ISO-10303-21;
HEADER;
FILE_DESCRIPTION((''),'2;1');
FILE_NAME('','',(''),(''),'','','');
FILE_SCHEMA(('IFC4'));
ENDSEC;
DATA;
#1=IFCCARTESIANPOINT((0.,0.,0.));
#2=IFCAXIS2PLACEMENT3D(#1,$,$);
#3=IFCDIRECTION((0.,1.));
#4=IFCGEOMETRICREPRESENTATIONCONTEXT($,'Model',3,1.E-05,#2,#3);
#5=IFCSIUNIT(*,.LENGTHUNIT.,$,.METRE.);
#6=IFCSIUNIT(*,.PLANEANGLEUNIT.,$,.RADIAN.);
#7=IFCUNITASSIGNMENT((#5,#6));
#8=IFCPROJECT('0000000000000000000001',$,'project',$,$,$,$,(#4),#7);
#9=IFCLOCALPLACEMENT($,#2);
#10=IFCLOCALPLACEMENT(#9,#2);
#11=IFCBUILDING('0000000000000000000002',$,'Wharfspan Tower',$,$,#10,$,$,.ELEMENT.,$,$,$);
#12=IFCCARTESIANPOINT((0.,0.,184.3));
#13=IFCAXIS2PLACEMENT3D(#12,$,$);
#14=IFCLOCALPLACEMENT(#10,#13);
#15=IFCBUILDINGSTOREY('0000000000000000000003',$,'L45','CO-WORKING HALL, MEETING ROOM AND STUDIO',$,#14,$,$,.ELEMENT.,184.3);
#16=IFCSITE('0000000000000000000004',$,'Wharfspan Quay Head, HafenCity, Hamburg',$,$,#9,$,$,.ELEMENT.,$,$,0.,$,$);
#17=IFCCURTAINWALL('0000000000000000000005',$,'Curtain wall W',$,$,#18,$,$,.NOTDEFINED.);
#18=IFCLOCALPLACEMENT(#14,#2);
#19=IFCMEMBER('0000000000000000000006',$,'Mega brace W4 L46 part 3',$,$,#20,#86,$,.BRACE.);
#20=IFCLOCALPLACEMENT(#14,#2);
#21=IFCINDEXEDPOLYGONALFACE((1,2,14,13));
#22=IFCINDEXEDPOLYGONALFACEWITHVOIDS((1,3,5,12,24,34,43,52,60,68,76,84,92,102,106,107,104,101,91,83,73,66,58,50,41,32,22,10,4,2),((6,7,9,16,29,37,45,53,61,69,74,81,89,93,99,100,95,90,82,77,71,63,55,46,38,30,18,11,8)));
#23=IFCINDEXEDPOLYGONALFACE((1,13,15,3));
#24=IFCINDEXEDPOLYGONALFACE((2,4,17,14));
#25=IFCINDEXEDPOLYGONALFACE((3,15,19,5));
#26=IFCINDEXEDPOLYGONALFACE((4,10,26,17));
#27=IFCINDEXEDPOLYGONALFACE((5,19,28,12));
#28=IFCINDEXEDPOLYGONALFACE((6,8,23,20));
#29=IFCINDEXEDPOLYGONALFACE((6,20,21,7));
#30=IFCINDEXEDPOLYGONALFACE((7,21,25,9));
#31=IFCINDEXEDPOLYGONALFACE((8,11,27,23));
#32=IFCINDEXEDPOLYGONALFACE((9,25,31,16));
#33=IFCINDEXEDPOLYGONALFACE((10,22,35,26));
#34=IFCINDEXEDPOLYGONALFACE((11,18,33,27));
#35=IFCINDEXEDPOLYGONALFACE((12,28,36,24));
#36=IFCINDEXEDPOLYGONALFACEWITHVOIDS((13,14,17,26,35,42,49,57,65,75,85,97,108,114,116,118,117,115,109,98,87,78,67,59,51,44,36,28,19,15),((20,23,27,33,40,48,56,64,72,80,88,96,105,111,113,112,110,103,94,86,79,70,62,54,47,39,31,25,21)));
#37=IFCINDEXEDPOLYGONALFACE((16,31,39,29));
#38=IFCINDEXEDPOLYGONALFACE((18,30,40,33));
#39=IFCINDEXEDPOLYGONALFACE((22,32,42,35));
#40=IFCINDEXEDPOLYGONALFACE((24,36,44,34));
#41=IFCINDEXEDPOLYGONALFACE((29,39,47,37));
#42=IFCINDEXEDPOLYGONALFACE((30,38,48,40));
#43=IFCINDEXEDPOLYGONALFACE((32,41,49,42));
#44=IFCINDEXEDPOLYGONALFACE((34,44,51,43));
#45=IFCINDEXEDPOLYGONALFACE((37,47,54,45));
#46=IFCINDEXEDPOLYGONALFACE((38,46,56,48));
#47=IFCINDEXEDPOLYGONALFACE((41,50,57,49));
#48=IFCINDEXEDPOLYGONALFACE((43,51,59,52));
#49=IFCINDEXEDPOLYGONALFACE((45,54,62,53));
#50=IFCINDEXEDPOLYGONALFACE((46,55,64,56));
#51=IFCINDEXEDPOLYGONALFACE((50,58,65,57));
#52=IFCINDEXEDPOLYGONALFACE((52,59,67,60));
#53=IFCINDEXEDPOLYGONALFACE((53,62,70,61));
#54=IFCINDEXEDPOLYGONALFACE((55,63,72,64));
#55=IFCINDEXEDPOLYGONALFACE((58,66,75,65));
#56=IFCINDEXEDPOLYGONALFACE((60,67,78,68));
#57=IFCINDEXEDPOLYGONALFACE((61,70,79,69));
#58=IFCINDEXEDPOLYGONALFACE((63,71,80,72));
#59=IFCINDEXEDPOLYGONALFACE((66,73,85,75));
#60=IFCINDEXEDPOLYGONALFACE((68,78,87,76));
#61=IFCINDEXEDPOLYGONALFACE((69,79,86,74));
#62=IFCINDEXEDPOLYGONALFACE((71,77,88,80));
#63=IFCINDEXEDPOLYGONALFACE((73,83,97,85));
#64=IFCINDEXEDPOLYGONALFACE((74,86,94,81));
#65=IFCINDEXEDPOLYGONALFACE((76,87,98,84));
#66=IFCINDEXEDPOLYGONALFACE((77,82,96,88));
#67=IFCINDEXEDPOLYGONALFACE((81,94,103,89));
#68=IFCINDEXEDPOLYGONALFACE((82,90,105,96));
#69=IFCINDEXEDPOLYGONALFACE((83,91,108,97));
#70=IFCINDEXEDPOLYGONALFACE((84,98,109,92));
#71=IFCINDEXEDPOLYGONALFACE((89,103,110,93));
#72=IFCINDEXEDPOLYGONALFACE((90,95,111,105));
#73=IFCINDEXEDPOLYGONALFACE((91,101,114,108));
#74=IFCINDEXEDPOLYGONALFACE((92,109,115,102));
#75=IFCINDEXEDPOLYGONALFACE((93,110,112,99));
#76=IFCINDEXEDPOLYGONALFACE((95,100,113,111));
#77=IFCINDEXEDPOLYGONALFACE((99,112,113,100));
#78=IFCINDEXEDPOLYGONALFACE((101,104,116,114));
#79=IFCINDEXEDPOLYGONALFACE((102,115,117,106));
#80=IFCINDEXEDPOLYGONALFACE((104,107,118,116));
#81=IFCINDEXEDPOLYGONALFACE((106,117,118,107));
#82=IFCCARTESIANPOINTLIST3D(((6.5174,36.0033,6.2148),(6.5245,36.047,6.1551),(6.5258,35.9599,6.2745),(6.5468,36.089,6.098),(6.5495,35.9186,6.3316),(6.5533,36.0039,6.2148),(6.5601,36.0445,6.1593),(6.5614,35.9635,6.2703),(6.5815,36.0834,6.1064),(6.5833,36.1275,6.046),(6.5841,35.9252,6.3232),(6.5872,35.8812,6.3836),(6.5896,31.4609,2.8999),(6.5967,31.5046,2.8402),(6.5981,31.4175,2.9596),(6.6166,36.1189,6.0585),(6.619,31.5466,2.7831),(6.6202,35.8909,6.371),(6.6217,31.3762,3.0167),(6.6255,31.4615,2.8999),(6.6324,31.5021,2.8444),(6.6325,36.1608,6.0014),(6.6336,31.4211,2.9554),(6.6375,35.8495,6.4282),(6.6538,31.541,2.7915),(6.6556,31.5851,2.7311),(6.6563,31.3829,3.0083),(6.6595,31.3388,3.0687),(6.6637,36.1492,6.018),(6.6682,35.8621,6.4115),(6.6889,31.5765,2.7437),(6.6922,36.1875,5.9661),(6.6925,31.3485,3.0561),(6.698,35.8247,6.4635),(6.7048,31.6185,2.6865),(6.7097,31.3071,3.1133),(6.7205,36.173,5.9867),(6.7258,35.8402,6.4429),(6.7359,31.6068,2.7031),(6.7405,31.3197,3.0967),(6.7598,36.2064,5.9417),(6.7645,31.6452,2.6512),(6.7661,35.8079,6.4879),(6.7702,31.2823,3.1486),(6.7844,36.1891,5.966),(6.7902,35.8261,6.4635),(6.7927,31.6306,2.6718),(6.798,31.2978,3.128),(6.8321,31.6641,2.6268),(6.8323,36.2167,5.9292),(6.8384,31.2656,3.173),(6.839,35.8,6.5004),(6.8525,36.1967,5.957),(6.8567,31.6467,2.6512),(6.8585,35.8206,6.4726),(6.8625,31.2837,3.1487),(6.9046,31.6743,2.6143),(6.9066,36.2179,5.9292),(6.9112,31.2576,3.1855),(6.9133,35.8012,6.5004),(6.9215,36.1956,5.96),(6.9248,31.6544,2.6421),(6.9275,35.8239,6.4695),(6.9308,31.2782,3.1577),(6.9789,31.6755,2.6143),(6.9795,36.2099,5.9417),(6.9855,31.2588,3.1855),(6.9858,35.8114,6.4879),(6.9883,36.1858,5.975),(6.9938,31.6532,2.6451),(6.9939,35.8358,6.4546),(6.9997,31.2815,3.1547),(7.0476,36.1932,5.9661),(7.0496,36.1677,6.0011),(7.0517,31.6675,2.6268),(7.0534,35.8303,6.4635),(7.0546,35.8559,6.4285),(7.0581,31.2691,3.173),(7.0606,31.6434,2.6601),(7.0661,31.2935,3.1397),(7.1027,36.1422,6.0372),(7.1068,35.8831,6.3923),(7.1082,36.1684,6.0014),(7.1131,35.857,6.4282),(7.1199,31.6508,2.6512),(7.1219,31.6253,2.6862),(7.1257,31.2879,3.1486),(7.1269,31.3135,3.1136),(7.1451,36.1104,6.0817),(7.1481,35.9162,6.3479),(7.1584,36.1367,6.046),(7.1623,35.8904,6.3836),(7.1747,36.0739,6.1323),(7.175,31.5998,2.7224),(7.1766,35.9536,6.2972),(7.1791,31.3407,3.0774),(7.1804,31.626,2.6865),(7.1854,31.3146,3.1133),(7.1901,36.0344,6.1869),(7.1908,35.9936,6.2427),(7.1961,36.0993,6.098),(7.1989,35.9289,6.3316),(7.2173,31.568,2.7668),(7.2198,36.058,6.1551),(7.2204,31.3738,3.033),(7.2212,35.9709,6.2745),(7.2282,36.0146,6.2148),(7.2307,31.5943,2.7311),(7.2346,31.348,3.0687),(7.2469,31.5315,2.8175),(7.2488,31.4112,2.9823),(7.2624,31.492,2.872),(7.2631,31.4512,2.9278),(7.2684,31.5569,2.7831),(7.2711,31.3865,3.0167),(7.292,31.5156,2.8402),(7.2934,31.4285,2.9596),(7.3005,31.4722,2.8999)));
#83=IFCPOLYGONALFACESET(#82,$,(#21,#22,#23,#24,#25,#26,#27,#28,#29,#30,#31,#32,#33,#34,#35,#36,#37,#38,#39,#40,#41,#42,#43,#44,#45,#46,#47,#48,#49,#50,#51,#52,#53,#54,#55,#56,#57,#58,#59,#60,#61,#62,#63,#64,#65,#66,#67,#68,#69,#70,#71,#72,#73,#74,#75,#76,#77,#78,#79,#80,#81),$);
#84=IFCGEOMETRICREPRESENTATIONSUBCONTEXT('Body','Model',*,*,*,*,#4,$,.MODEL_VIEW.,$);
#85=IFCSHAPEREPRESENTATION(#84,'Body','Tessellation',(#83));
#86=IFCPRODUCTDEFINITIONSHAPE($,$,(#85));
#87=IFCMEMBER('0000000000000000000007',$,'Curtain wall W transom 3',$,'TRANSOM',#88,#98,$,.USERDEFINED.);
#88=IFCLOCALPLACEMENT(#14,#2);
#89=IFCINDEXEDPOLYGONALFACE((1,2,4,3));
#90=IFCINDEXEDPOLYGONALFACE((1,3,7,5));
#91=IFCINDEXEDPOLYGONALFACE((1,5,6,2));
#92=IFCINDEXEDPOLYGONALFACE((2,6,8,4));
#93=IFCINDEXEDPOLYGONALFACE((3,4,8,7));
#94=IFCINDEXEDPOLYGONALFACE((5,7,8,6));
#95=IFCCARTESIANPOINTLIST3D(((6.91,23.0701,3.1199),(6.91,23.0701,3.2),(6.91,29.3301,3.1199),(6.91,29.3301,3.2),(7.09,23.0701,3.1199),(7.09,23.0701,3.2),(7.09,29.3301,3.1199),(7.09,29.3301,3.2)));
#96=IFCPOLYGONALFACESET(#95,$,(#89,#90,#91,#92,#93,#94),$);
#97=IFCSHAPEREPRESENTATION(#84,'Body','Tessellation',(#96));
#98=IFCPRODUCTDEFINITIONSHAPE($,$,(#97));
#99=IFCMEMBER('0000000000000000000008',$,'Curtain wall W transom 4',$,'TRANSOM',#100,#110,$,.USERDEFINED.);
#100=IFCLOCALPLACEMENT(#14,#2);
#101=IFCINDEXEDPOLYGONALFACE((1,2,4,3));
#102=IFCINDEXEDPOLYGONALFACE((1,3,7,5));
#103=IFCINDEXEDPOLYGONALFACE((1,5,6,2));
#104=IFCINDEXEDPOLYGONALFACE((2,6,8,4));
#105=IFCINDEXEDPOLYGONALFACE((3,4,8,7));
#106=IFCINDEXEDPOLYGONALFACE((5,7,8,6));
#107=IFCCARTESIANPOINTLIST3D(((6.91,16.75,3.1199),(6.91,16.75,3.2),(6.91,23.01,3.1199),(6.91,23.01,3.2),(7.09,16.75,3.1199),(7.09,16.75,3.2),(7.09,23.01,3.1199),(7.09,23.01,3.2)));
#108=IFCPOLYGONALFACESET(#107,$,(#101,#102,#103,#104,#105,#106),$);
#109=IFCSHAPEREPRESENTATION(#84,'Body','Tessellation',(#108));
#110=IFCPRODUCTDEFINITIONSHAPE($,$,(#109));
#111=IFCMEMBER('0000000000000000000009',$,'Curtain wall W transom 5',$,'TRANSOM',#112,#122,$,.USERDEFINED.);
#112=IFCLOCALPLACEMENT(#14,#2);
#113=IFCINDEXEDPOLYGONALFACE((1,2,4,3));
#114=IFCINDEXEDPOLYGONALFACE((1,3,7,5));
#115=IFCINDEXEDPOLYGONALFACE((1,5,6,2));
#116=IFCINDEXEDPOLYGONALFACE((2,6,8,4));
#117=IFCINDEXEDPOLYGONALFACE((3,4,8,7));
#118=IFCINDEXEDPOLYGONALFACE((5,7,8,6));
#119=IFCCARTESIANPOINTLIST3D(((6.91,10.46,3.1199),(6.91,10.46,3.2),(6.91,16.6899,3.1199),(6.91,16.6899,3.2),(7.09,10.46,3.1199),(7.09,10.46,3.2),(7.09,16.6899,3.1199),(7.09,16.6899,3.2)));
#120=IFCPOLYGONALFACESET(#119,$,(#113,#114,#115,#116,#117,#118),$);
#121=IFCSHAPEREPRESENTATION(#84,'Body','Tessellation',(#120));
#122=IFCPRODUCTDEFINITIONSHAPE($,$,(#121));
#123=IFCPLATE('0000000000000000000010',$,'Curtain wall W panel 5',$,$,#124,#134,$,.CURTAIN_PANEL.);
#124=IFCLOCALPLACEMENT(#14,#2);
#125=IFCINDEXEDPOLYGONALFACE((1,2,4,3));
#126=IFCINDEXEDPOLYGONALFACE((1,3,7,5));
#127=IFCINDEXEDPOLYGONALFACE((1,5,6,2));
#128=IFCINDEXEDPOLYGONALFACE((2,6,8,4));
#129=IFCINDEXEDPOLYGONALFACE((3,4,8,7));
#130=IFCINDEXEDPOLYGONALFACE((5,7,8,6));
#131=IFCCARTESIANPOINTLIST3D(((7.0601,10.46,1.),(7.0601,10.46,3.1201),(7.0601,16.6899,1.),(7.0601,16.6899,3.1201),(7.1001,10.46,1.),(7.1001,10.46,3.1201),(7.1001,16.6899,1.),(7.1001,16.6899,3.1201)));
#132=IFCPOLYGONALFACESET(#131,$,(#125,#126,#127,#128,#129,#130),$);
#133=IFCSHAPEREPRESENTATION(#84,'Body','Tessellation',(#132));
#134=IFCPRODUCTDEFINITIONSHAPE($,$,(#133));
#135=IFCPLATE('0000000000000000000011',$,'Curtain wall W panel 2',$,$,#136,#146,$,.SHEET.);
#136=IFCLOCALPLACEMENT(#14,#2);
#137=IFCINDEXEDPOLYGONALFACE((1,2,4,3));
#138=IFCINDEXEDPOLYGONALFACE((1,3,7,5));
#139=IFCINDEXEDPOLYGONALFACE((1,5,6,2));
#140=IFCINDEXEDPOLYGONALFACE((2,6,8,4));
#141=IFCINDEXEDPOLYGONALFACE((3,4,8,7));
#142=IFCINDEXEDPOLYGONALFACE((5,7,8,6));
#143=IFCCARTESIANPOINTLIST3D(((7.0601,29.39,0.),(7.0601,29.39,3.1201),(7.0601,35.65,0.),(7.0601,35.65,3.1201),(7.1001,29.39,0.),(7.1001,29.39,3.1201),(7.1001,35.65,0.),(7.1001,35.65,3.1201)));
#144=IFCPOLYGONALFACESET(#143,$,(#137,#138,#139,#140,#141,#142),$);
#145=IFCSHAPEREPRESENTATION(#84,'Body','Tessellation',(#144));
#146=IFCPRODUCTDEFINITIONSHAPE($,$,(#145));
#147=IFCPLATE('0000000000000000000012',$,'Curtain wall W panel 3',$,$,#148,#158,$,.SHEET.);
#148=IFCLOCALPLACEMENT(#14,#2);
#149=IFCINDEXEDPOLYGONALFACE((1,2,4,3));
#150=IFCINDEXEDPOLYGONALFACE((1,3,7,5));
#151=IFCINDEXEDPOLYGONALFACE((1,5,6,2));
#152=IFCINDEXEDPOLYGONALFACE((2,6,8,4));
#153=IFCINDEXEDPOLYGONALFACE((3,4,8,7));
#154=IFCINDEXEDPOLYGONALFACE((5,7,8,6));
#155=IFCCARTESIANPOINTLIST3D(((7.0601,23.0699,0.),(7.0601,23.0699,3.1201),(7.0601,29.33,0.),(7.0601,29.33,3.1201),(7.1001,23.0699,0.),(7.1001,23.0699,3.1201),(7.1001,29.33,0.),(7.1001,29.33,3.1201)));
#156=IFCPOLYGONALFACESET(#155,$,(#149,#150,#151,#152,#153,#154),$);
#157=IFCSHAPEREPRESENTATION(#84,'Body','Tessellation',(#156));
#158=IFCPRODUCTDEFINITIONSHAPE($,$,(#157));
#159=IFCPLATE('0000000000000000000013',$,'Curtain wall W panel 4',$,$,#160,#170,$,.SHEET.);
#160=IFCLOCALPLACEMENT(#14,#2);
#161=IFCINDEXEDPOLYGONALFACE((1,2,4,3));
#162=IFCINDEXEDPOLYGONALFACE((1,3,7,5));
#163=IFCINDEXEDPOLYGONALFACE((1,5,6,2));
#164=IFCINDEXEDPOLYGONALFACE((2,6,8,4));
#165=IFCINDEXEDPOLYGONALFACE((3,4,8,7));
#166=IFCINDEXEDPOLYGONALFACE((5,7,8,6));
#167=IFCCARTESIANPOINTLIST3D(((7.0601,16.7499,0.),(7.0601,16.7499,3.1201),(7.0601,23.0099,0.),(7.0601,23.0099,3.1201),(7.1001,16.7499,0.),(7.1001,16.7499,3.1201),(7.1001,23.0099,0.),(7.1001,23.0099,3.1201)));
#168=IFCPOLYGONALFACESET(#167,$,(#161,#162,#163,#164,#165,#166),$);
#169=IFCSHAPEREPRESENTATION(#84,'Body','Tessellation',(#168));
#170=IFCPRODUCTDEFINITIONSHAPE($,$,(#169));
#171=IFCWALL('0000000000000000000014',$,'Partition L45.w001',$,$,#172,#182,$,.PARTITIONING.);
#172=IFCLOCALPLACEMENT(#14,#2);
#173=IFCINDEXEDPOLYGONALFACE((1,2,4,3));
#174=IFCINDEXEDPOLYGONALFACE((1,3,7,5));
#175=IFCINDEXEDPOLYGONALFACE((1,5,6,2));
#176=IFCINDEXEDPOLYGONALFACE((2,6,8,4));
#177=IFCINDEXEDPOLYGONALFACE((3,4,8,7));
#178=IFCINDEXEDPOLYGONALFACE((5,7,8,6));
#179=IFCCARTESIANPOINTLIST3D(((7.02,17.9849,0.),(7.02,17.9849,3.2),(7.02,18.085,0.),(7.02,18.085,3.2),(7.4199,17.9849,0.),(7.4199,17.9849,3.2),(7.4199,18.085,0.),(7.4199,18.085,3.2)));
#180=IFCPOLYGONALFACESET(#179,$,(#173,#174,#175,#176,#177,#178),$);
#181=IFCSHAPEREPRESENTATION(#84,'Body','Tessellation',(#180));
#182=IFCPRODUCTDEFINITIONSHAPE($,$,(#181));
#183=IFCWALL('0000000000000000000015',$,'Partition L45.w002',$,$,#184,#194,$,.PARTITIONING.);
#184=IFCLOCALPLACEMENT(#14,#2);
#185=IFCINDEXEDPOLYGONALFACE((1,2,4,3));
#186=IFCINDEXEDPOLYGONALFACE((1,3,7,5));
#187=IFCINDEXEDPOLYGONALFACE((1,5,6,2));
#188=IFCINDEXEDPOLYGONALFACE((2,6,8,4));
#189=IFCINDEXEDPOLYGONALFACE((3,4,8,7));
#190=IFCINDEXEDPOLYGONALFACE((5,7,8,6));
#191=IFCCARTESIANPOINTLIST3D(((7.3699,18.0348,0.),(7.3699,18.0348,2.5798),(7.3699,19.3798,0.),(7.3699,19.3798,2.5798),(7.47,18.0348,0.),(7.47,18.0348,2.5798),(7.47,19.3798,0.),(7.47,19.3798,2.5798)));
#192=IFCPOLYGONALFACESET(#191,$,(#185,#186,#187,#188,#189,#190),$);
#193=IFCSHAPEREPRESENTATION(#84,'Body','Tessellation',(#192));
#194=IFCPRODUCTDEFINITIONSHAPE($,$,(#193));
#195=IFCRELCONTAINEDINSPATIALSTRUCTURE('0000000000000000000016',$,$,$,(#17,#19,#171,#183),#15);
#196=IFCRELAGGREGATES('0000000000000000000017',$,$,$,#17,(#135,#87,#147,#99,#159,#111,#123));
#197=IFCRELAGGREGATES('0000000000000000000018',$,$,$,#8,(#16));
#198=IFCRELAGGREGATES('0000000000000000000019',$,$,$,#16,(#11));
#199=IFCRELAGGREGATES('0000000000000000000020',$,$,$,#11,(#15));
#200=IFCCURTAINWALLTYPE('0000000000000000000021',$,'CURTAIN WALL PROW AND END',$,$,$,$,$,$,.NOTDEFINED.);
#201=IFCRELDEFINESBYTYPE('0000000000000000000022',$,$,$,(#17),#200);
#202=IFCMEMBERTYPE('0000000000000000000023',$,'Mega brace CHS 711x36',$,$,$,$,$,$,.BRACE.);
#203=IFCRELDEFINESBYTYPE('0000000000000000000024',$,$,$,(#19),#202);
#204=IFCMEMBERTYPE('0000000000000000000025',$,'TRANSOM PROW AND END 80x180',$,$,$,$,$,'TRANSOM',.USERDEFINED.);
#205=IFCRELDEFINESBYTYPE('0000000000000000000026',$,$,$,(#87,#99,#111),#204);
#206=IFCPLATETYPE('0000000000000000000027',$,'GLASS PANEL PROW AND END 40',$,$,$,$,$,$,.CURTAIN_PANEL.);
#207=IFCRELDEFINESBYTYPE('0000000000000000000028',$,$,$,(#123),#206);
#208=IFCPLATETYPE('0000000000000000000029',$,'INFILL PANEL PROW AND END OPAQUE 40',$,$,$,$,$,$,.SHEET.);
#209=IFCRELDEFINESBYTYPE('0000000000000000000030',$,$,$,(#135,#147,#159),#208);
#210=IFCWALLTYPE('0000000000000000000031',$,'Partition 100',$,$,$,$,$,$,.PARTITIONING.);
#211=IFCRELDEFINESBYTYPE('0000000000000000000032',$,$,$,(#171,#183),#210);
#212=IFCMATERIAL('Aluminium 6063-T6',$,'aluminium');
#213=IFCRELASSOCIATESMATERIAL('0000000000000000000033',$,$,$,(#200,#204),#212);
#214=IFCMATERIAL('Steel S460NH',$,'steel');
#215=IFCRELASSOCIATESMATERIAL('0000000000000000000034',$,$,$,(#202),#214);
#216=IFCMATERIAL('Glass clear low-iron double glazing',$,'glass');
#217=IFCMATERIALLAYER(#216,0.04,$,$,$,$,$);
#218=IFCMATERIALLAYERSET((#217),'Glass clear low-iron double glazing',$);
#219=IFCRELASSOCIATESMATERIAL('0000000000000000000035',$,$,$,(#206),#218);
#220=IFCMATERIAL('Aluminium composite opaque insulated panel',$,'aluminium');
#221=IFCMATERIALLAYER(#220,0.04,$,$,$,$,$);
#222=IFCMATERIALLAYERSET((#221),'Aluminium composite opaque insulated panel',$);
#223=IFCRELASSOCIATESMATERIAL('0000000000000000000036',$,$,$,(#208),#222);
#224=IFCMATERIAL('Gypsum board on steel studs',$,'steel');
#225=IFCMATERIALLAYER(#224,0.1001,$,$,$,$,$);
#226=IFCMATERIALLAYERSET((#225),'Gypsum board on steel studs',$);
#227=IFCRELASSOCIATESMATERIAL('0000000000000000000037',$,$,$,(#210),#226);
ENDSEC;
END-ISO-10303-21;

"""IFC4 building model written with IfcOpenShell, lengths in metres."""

from ifc_helpers import new_model, si_unit, direction, frame, frame_2d, origin, origin_2d, place, context, subcontext, project, spatial, rectangle, hollow_circle, extrude, material, layer, layer_set, material_profile, profile_set, type_object, element, aggregate, save


model = new_model("IFC4")

# Units and contexts
model_context = context("Model", 3, precision=1e-05, world=origin(), true_north=direction((0.0, 1.0)))
body_context = subcontext(model_context, "Body", "Model", "MODEL_VIEW")
ifc_project = project(units=[si_unit("LENGTHUNIT", "METRE"), si_unit("PLANEANGLEUNIT", "RADIAN")], contexts=[model_context])

# Site, building, storey
site_placement = place(None, origin())
site = spatial("IfcSite", under=ifc_project, at=site_placement, Name="Wharfspan Quay Head, HafenCity, Hamburg", CompositionType="ELEMENT", RefElevation=0.0)
building_placement = place(site_placement, origin())
building = spatial("IfcBuilding", under=site, at=building_placement, Name="Wharfspan Tower", CompositionType="ELEMENT")
storey_placement = place(building_placement, frame((0.0, 0.0, 184.3)))
storey = spatial("IfcBuildingStorey", under=building, at=storey_placement, Name="L45", Description="CO-WORKING HALL, MEETING ROOM AND STUDIO", CompositionType="ELEMENT", Elevation=184.3)

# Curtain wall
ifc_material_1 = material(Name="Aluminium 6063-T6", Category="aluminium")
curtain_wall_type = type_object("IfcCurtainWallType", Name="CURTAIN WALL PROW AND END", PredefinedType="NOTDEFINED", material=ifc_material_1)
curtain_wall_placement = place(storey_placement, origin())
curtain_wall = element("IfcCurtainWall", 1, at=curtain_wall_placement, inside=storey, type_object=curtain_wall_type, Name="Curtain wall W", PredefinedType="NOTDEFINED")

# Member
ifc_material_2 = material(Name="Steel S460NH", Category="steel")
ifc_material_profile_1 = material_profile(ifc_material_2, hollow_circle(Radius=0.3555, WallThickness=0.0359, at=origin_2d()))
ifc_profile_set_1 = profile_set([ifc_material_profile_1], Name="Steel S460NH")
member_type_1 = type_object("IfcMemberType", Name="Mega brace CHS 711x36", PredefinedType="BRACE", material=ifc_profile_set_1)
member_1_placement = place(storey_placement, frame((6.9451, 31.4666, 2.8999), z_axis=(-0.01285, 0.807711, 0.589439), x_axis=(-0.999876, -0.015905, -0.000003)))
element("IfcMember", 2, at=member_1_placement, inside=storey, type_object=member_type_1, Name="Mega brace W4 L46 part 3", PredefinedType="BRACE", context=body_context, shape_type="SweptSolid", body=[
    extrude(hollow_circle(Radius=0.3555, WallThickness=0.0359, at=origin_2d()), origin(), (0.0, 0.0, 1.0), 5.6238),
])

# Members
ifc_material_profile_2 = material_profile(ifc_material_1, rectangle(XDim=0.1799, YDim=0.0801, at=origin_2d()))
ifc_profile_set_2 = profile_set([ifc_material_profile_2], Name="Aluminium 6063-T6")
member_type_2 = type_object("IfcMemberType", Name="TRANSOM PROW AND END 80x180", ElementType="TRANSOM", PredefinedType="USERDEFINED", material=ifc_profile_set_2)
member_2_placement = place(storey_placement, frame((7.0, 29.3301, 3.1599), z_axis=(0.0, -1.0, 0.0), x_axis=(1.0, 0.0, 0.0)))
member_2 = element("IfcMember", 3, at=member_2_placement, type_object=member_type_2, Name="Curtain wall W transom 3", ObjectType="TRANSOM", PredefinedType="USERDEFINED", context=body_context, shape_type="SweptSolid", body=[
    extrude(rectangle(XDim=0.1799, YDim=0.0801, at=origin_2d()), origin(), (0.0, 0.0, 1.0), 6.26),
])
member_3_placement = place(storey_placement, frame((7.0, 23.01, 3.1599), z_axis=(0.0, -1.0, 0.0), x_axis=(1.0, 0.0, 0.0)))
member_3 = element("IfcMember", 4, at=member_3_placement, type_object=member_type_2, Name="Curtain wall W transom 4", ObjectType="TRANSOM", PredefinedType="USERDEFINED", context=body_context, shape_type="SweptSolid", body=[
    extrude(rectangle(XDim=0.1799, YDim=0.0801, at=origin_2d()), origin(), (0.0, 0.0, 1.0), 6.26),
])
member_4_placement = place(storey_placement, frame((7.0, 16.6899, 3.1599), z_axis=(0.0, -1.0, 0.0), x_axis=(1.0, 0.0, 0.0)))
member_4 = element("IfcMember", 5, at=member_4_placement, type_object=member_type_2, Name="Curtain wall W transom 5", ObjectType="TRANSOM", PredefinedType="USERDEFINED", context=body_context, shape_type="SweptSolid", body=[
    extrude(rectangle(XDim=0.1799, YDim=0.0801, at=origin_2d()), origin(), (0.0, 0.0, 1.0), 6.23),
])

# Plates
ifc_material_3 = material(Name="Glass clear low-iron double glazing", Category="glass")
ifc_layer_1 = layer(ifc_material_3, 0.04)
ifc_layer_set_1 = layer_set([ifc_layer_1], Name="Glass clear low-iron double glazing")
plate_type_1 = type_object("IfcPlateType", Name="GLASS PANEL PROW AND END 40", PredefinedType="CURTAIN_PANEL", material=ifc_layer_set_1)
plate_1_placement = place(storey_placement, frame((7.0801, 13.575, 1.0), z_axis=(0.0, 0.0, 1.0), x_axis=(0.0, -1.0, 0.0)))
plate_1 = element("IfcPlate", 6, at=plate_1_placement, type_object=plate_type_1, Name="Curtain wall W panel 5", PredefinedType="CURTAIN_PANEL", context=body_context, shape_type="SweptSolid", body=[
    extrude(rectangle(XDim=6.23, YDim=0.04, at=origin_2d()), origin(), (0.0, 0.0, 1.0), 2.1201),
])
ifc_material_4 = material(Name="Aluminium composite opaque insulated panel", Category="aluminium")
ifc_layer_2 = layer(ifc_material_4, 0.04)
ifc_layer_set_2 = layer_set([ifc_layer_2], Name="Aluminium composite opaque insulated panel")
plate_type_2 = type_object("IfcPlateType", Name="INFILL PANEL PROW AND END OPAQUE 40", PredefinedType="SHEET", material=ifc_layer_set_2)
plate_2_placement = place(storey_placement, frame((7.0801, 32.52, 0.0), z_axis=(0.0, 0.0, 1.0), x_axis=(0.0, -1.0, 0.0)))
plate_2 = element("IfcPlate", 7, at=plate_2_placement, type_object=plate_type_2, Name="Curtain wall W panel 2", PredefinedType="SHEET", context=body_context, shape_type="SweptSolid", body=[
    extrude(rectangle(XDim=6.26, YDim=0.04, at=origin_2d()), origin(), (0.0, 0.0, 1.0), 3.1201),
])
plate_3_placement = place(storey_placement, frame((7.0801, 26.2, 0.0), z_axis=(0.0, 0.0, 1.0), x_axis=(0.0, -1.0, 0.0)))
plate_3 = element("IfcPlate", 8, at=plate_3_placement, type_object=plate_type_2, Name="Curtain wall W panel 3", PredefinedType="SHEET", context=body_context, shape_type="SweptSolid", body=[
    extrude(rectangle(XDim=6.26, YDim=0.04, at=origin_2d()), origin(), (0.0, 0.0, 1.0), 3.1201),
])
plate_4_placement = place(storey_placement, frame((7.0801, 19.8799, 0.0), z_axis=(0.0, 0.0, 1.0), x_axis=(0.0, -1.0, 0.0)))
plate_4 = element("IfcPlate", 9, at=plate_4_placement, type_object=plate_type_2, Name="Curtain wall W panel 4", PredefinedType="SHEET", context=body_context, shape_type="SweptSolid", body=[
    extrude(rectangle(XDim=6.26, YDim=0.04, at=origin_2d()), origin(), (0.0, 0.0, 1.0), 3.1201),
])
aggregate(curtain_wall, [plate_2, member_2, plate_3, member_3, plate_4, member_4, plate_1])

# Walls
ifc_material_5 = material(Name="Gypsum board on steel studs", Category="steel")
ifc_layer_3 = layer(ifc_material_5, 0.1001)
ifc_layer_set_3 = layer_set([ifc_layer_3], Name="Gypsum board on steel studs")
wall_type_1 = type_object("IfcWallType", Name="Partition 100", PredefinedType="PARTITIONING", material=ifc_layer_set_3)
wall_1_placement = place(storey_placement, frame((7.02, 18.0349, 0.0), z_axis=(0.0, 0.0, 1.0), x_axis=(1.0, 0.0, 0.0)))
element("IfcWall", 10, at=wall_1_placement, inside=storey, type_object=wall_type_1, Name="Partition L45.w001", PredefinedType="PARTITIONING", context=body_context, shape_type="SweptSolid", body=[
    extrude(rectangle(XDim=0.3999, YDim=0.1001, at=frame_2d((0.2, 0.0))), origin(), (0.0, 0.0, 1.0), 3.2),
])
wall_2_placement = place(storey_placement, frame((7.4199, 18.0349, 0.0), z_axis=(0.0, 0.0, 1.0), x_axis=(0.0, 1.0, 0.0)))
element("IfcWall", 11, at=wall_2_placement, inside=storey, type_object=wall_type_1, Name="Partition L45.w002", PredefinedType="PARTITIONING", context=body_context, shape_type="SweptSolid", body=[
    extrude(rectangle(XDim=1.345, YDim=0.1001, at=frame_2d((0.6724, 0.0))), origin(), (0.0, 0.0, 1.0), 2.5798),
])

save(model, "model.ifc")
